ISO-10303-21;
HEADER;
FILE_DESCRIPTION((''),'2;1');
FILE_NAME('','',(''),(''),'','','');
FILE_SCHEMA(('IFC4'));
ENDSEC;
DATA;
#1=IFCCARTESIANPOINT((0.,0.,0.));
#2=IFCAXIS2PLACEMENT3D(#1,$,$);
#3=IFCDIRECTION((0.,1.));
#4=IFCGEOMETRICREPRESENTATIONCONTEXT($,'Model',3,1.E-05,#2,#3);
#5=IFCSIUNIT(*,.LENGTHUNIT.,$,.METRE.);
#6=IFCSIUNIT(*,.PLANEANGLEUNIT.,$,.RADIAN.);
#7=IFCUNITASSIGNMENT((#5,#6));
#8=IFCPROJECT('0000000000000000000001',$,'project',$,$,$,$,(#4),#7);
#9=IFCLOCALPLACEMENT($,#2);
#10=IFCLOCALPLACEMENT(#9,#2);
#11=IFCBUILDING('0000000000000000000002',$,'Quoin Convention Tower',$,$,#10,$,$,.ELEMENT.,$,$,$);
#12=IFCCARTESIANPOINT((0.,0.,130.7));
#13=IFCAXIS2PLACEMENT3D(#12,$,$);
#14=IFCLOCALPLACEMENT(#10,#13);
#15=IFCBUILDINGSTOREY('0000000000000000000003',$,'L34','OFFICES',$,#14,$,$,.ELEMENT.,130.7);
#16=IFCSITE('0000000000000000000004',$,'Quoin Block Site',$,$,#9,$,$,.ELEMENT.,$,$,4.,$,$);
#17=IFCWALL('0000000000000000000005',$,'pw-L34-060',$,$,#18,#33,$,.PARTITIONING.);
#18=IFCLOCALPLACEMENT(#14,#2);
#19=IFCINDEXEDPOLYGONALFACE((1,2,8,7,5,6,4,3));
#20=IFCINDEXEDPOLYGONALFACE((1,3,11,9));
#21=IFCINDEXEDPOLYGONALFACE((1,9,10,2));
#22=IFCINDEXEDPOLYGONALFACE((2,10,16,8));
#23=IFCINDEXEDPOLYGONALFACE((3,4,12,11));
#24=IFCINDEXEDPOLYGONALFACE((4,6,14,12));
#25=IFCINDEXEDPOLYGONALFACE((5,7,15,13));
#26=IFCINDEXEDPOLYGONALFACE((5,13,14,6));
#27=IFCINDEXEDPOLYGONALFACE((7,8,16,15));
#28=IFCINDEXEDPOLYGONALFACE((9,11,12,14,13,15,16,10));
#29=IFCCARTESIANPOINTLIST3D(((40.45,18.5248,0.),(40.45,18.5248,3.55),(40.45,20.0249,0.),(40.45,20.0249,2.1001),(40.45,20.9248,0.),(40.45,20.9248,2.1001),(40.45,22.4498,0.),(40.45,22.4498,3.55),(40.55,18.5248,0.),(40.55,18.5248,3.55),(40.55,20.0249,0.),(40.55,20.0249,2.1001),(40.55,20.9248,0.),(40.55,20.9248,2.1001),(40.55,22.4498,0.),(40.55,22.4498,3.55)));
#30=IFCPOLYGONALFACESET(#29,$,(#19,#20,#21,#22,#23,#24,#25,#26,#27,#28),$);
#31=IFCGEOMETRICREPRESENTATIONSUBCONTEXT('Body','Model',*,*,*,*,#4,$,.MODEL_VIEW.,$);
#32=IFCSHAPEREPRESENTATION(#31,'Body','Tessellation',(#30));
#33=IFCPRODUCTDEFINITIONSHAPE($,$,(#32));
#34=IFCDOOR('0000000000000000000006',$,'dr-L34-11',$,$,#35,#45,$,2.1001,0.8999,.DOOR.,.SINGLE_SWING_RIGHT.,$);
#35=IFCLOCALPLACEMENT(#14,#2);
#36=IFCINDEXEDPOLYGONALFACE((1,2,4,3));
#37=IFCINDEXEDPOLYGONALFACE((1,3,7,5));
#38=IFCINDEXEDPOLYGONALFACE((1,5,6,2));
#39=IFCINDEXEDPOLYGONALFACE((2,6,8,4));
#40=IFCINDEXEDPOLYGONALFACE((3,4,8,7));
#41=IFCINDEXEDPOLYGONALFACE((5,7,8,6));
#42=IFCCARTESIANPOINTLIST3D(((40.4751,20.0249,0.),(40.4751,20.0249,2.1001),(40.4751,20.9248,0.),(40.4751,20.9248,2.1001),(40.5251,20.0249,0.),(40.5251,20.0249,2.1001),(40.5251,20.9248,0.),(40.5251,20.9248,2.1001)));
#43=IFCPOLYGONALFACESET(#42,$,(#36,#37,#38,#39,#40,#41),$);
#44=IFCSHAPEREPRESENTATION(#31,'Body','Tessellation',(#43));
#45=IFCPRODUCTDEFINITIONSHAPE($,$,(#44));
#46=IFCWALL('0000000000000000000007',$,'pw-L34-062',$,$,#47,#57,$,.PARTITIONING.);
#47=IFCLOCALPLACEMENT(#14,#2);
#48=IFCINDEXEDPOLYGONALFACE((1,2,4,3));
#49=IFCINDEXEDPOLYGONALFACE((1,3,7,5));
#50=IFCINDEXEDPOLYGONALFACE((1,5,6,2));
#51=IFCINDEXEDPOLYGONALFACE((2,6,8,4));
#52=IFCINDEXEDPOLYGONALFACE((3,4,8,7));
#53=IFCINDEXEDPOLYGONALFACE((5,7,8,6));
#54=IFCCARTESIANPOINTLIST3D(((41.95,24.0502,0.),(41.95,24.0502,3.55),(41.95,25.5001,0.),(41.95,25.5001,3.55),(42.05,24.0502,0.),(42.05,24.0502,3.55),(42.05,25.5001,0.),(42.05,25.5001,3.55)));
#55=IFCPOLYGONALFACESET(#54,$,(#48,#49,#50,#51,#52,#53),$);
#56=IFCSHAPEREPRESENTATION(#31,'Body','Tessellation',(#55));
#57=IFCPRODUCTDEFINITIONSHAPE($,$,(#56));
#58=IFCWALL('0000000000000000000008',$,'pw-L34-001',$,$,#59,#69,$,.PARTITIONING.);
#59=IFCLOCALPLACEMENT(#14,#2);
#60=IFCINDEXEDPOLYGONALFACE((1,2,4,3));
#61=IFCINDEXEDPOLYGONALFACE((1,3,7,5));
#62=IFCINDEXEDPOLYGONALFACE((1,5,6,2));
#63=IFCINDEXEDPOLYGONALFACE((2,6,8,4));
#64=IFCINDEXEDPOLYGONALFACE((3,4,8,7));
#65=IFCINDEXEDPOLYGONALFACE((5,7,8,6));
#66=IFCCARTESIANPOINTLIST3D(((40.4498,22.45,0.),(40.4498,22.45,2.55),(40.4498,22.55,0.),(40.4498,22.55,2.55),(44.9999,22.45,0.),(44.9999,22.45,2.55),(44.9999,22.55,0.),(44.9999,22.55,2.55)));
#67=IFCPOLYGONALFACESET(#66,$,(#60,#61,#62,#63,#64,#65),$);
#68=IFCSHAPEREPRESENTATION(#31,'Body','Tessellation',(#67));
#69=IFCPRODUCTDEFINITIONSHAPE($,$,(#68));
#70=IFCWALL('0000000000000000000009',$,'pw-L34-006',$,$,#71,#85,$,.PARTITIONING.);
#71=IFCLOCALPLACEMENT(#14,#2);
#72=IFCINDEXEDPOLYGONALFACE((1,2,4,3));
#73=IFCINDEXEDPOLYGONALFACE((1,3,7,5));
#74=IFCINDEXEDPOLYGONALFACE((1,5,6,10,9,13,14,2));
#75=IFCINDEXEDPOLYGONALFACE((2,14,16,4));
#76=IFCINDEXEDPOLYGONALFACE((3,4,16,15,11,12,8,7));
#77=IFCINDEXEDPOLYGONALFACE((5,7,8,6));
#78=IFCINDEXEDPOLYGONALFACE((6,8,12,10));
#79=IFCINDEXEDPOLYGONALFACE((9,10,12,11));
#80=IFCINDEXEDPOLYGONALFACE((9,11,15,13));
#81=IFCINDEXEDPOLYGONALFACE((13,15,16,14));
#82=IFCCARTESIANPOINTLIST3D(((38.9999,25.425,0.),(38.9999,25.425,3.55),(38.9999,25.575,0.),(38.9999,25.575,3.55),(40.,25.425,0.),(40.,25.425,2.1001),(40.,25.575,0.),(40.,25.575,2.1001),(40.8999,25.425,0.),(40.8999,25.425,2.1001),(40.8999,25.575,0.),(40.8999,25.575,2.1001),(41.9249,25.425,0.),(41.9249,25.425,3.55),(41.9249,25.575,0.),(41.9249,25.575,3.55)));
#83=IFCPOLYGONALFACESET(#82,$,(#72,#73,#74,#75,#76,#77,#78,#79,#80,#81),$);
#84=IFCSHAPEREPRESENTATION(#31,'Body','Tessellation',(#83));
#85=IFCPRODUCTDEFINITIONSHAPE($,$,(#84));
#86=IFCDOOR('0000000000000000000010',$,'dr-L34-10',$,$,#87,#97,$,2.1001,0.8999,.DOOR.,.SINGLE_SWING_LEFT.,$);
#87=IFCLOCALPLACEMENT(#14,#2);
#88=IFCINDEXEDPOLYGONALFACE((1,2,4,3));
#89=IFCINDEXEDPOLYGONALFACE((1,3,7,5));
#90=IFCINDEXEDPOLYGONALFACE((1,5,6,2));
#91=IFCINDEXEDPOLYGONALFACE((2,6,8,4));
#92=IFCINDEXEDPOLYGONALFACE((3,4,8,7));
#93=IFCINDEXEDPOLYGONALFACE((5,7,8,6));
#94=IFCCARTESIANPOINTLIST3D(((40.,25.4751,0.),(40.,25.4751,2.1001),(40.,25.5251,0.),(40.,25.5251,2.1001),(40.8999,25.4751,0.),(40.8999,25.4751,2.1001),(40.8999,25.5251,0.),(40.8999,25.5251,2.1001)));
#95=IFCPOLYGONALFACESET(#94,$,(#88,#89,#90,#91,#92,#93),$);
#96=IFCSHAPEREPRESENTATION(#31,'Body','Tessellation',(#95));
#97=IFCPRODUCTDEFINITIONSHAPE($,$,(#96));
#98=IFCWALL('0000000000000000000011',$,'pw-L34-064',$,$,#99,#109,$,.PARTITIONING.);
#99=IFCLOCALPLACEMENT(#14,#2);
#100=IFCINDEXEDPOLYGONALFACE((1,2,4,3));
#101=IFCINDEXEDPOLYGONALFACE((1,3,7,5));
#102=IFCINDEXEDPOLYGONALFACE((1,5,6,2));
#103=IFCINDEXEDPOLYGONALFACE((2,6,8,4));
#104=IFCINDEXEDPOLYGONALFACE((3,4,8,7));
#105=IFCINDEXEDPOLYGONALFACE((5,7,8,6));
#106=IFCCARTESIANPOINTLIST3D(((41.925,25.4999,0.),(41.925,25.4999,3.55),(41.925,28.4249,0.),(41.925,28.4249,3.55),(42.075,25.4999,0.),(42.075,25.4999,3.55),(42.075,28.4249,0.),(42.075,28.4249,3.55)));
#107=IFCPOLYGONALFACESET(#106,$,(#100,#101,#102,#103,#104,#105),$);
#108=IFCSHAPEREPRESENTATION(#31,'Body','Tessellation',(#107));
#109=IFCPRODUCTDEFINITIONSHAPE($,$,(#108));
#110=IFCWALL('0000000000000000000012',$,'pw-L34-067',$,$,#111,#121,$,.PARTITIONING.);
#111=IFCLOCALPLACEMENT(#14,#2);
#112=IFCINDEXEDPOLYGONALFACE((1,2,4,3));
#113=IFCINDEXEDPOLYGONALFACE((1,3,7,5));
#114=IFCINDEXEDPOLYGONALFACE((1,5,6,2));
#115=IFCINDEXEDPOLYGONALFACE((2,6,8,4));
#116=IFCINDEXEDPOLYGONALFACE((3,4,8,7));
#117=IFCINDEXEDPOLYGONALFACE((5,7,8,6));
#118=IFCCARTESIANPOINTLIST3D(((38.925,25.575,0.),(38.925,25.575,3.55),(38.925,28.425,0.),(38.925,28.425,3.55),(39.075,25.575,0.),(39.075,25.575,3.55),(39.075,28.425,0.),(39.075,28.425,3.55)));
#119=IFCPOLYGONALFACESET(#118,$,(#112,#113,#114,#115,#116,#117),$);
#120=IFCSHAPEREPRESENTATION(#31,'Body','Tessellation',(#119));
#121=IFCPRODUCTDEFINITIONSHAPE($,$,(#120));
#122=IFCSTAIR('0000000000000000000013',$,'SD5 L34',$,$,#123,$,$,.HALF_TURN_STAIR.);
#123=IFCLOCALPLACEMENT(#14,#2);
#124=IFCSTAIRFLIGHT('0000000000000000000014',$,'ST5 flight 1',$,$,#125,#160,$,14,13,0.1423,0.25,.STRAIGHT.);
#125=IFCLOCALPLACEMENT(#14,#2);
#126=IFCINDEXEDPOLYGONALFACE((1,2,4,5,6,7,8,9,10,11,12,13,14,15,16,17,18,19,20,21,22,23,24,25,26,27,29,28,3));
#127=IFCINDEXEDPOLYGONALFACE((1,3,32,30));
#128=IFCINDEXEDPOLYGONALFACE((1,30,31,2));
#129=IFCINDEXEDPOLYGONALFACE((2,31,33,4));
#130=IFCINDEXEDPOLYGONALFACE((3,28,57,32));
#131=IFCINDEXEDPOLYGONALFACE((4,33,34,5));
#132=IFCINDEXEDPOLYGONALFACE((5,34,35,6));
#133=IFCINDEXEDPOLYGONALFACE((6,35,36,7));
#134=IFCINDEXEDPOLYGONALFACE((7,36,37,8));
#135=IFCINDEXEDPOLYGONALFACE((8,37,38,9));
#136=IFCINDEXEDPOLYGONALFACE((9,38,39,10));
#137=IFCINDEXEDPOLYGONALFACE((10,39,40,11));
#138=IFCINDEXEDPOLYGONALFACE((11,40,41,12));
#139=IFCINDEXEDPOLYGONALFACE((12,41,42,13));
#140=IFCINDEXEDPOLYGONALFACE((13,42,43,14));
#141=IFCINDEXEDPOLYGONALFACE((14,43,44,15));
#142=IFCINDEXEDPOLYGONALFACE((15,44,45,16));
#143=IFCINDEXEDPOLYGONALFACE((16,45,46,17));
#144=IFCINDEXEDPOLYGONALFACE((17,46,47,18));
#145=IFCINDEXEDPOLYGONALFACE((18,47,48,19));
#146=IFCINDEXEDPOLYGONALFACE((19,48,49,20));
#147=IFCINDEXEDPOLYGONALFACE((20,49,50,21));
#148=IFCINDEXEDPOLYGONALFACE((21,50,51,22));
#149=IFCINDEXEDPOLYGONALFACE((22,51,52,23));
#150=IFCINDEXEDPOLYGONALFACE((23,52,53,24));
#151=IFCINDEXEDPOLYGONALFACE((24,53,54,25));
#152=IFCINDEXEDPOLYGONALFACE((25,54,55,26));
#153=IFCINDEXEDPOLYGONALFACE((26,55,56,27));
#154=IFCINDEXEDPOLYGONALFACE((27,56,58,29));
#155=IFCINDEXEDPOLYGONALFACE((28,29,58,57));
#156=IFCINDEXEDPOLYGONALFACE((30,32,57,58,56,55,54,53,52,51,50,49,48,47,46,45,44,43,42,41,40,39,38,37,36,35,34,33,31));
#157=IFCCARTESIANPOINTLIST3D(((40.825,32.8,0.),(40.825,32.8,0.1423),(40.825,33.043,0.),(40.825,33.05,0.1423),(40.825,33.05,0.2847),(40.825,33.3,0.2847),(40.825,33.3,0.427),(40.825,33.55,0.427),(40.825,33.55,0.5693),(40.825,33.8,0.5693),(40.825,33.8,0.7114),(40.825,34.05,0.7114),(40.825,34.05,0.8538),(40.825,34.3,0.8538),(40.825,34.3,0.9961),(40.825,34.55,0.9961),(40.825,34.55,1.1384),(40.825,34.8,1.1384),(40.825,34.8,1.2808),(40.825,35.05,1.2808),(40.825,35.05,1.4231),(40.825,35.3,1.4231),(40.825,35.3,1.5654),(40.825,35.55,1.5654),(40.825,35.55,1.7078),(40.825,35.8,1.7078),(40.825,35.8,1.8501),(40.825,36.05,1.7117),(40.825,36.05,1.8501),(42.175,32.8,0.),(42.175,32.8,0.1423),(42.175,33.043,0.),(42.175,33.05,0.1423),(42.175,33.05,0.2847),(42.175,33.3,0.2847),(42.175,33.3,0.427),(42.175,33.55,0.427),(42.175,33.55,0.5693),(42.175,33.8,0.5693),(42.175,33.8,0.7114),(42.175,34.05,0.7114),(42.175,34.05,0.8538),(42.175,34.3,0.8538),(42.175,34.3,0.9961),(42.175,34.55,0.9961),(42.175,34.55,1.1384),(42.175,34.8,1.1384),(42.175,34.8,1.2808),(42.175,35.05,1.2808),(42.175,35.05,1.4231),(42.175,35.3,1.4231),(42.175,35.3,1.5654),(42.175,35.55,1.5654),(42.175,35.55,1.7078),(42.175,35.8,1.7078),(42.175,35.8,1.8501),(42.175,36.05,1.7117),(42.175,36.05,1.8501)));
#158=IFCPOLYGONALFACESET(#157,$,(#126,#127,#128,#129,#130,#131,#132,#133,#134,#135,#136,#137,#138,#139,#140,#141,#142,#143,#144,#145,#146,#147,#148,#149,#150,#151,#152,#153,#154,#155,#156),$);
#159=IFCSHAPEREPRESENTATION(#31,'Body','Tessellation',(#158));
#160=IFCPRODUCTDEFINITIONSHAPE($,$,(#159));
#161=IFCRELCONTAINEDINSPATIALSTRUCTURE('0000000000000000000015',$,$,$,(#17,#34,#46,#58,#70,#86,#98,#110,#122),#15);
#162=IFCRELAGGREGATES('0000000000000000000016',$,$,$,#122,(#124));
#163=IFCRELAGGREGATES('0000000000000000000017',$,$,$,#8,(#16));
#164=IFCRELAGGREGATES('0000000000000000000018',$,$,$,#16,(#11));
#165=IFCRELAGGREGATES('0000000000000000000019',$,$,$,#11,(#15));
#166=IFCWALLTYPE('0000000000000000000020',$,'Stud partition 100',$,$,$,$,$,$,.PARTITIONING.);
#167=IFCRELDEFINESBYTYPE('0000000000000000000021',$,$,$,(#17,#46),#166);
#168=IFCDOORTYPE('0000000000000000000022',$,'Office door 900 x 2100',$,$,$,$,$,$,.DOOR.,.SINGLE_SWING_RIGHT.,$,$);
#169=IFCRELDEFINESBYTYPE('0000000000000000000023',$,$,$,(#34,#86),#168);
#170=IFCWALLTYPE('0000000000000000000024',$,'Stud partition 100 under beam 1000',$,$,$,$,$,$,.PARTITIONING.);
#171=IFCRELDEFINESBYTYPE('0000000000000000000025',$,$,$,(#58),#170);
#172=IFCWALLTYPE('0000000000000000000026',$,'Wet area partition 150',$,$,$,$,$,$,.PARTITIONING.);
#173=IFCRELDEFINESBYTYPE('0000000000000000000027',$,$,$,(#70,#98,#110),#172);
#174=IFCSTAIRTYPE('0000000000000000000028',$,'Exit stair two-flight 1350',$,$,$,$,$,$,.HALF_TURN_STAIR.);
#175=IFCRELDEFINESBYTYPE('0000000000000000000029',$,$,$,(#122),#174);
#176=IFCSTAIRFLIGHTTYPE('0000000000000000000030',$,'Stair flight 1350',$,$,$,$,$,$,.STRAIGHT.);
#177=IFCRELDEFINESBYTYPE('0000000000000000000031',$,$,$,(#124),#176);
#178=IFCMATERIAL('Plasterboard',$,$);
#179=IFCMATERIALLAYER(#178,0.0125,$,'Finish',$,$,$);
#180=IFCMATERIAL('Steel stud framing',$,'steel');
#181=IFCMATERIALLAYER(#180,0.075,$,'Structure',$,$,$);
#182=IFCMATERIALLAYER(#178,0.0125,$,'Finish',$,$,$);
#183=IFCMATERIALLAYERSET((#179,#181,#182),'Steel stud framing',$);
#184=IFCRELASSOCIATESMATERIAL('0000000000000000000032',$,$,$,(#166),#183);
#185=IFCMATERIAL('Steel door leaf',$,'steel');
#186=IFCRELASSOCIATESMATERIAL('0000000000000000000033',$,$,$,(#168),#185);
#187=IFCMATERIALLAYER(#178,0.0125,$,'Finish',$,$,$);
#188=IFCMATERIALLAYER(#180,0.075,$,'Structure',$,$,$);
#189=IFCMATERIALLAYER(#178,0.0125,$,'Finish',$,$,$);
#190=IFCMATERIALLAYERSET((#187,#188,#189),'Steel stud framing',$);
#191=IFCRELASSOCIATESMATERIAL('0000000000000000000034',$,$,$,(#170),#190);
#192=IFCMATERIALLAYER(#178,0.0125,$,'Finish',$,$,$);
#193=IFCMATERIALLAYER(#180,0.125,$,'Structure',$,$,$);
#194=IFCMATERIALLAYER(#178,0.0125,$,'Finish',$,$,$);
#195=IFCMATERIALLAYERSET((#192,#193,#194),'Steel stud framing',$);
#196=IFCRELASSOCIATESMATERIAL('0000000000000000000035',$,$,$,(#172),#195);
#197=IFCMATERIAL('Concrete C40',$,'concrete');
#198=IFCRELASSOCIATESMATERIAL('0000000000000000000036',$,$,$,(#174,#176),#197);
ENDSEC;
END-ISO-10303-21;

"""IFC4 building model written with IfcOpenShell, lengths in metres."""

from ifc_helpers import new_model, si_unit, direction, frame, frame_2d, origin, place, context, subcontext, project, spatial, polyline, rectangle, outline, extrude, material, layer, layer_set, type_object, element, fill, aggregate, save


model = new_model("IFC4")

# Units and contexts
model_context = context("Model", 3, precision=1e-05, world=origin(), true_north=direction((0.0, 1.0)))
body_context = subcontext(model_context, "Body", "Model", "MODEL_VIEW")
ifc_project = project(units=[si_unit("LENGTHUNIT", "METRE"), si_unit("PLANEANGLEUNIT", "RADIAN")], contexts=[model_context])

# Site, building, storey
site_placement = place(None, origin())
site = spatial("IfcSite", under=ifc_project, at=site_placement, Name="Quoin Block Site", CompositionType="ELEMENT", RefElevation=4.0)
building_placement = place(site_placement, origin())
building = spatial("IfcBuilding", under=site, at=building_placement, Name="Quoin Convention Tower", CompositionType="ELEMENT")
storey_placement = place(building_placement, frame((0.0, 0.0, 130.7)))
storey = spatial("IfcBuildingStorey", under=building, at=storey_placement, Name="L34", Description="OFFICES", CompositionType="ELEMENT", Elevation=130.7)

# Shared definitions
ifc_material_1 = material(Name="Plasterboard")
ifc_material_2 = material(Name="Steel stud framing", Category="steel")

# Shared definitions
ifc_material_3 = material(Name="Steel door leaf", Category="steel")
ifc_layer_1 = layer(ifc_material_1, 0.0125, Name="Finish")
ifc_layer_2 = layer(ifc_material_2, 0.075, Name="Structure")
ifc_layer_3 = layer(ifc_material_1, 0.0125, Name="Finish")
ifc_layer_set_1 = layer_set([ifc_layer_1, ifc_layer_2, ifc_layer_3], Name="Steel stud framing")
wall_type_1 = type_object("IfcWallType", Name="Stud partition 100", PredefinedType="PARTITIONING", material=ifc_layer_set_1)
door_type_1 = type_object("IfcDoorType", Name="Office door 900 x 2100", OperationType="SINGLE_SWING_RIGHT", PredefinedType="DOOR", material=ifc_material_3)

# Wall, opening, door
wall_1_placement = place(storey_placement, frame((40.5, 18.5249, 0.0), z_axis=(0.0, 0.0, 1.0), x_axis=(0.0, 1.0, 0.0)))
wall_1 = element("IfcWall", 1, at=wall_1_placement, inside=storey, type_object=wall_type_1, Name="pw-L34-060", PredefinedType="PARTITIONING", context=body_context, shape_type="SweptSolid", body=[
    extrude(rectangle(XDim=3.925, YDim=0.1001, at=frame_2d((1.9624, 0.0))), origin(), (0.0, 0.0, 1.0), 3.55),
])
opening_1_placement = place(wall_1_placement, frame((1.5, 0.0, 0.0)))
opening_1 = element("IfcOpeningElement", 2, at=opening_1_placement, cuts=wall_1, PredefinedType="OPENING", context=body_context, shape_type="SweptSolid", body=[
    extrude(rectangle(XDim=0.8999, YDim=2.1001, at=frame_2d((0.45, 1.05))), frame((0.0, 0.0601, 0.0), z_axis=(0.0, -1.0, 0.0), x_axis=(1.0, 0.0, 0.0)), (0.0, 0.0, 1.0), 0.1201),
])
door_1_placement = place(opening_1_placement, origin())
door_1 = element("IfcDoor", 3, at=door_1_placement, inside=storey, type_object=door_type_1, Name="dr-L34-11", OperationType="SINGLE_SWING_RIGHT", OverallHeight=2.1001, OverallWidth=0.8999, PredefinedType="DOOR", context=body_context, shape_type="SweptSolid", body=[
    extrude(rectangle(XDim=0.8999, YDim=2.1001, at=frame_2d((0.45, 1.05))), frame((0.0, 0.0249, 0.0), z_axis=(0.0, -1.0, 0.0), x_axis=(1.0, 0.0, 0.0)), (0.0, 0.0, 1.0), 0.05),
])
fill(opening_1, door_1)

# Walls
wall_2_placement = place(storey_placement, frame((42.0, 24.05, 0.0), z_axis=(0.0, 0.0, 1.0), x_axis=(0.0, 1.0, 0.0)))
element("IfcWall", 4, at=wall_2_placement, inside=storey, type_object=wall_type_1, Name="pw-L34-062", PredefinedType="PARTITIONING", context=body_context, shape_type="SweptSolid", body=[
    extrude(rectangle(XDim=1.45, YDim=0.1001, at=frame_2d((0.7251, 0.0))), origin(), (0.0, 0.0, 1.0), 3.55),
])
ifc_layer_4 = layer(ifc_material_1, 0.0125, Name="Finish")
ifc_layer_5 = layer(ifc_material_2, 0.075, Name="Structure")
ifc_layer_6 = layer(ifc_material_1, 0.0125, Name="Finish")
ifc_layer_set_2 = layer_set([ifc_layer_4, ifc_layer_5, ifc_layer_6], Name="Steel stud framing")
wall_type_2 = type_object("IfcWallType", Name="Stud partition 100 under beam 1000", PredefinedType="PARTITIONING", material=ifc_layer_set_2)
wall_3_placement = place(storey_placement, frame((40.45, 22.5, 0.0), z_axis=(0.0, 0.0, 1.0), x_axis=(1.0, 0.0, 0.0)))
element("IfcWall", 5, at=wall_3_placement, inside=storey, type_object=wall_type_2, Name="pw-L34-001", PredefinedType="PARTITIONING", context=body_context, shape_type="SweptSolid", body=[
    extrude(rectangle(XDim=4.55, YDim=0.1001, at=frame_2d((2.2749, 0.0))), origin(), (0.0, 0.0, 1.0), 2.55),
])

# Wall, opening, door
ifc_layer_7 = layer(ifc_material_1, 0.0125, Name="Finish")
ifc_layer_8 = layer(ifc_material_2, 0.125, Name="Structure")
ifc_layer_9 = layer(ifc_material_1, 0.0125, Name="Finish")
ifc_layer_set_3 = layer_set([ifc_layer_7, ifc_layer_8, ifc_layer_9], Name="Steel stud framing")
wall_type_3 = type_object("IfcWallType", Name="Wet area partition 150", PredefinedType="PARTITIONING", material=ifc_layer_set_3)
wall_4_placement = place(storey_placement, frame((39.0, 25.5, 0.0), z_axis=(0.0, 0.0, 1.0), x_axis=(1.0, 0.0, 0.0)))
wall_4 = element("IfcWall", 6, at=wall_4_placement, inside=storey, type_object=wall_type_3, Name="pw-L34-006", PredefinedType="PARTITIONING", context=body_context, shape_type="SweptSolid", body=[
    extrude(rectangle(XDim=2.925, YDim=0.1499, at=frame_2d((1.4624, 0.0))), origin(), (0.0, 0.0, 1.0), 3.55),
])
opening_2_placement = place(wall_4_placement, frame((1.0, 0.0, 0.0)))
opening_2 = element("IfcOpeningElement", 7, at=opening_2_placement, cuts=wall_4, PredefinedType="OPENING", context=body_context, shape_type="SweptSolid", body=[
    extrude(rectangle(XDim=0.8999, YDim=2.1001, at=frame_2d((0.45, 1.05))), frame((0.0, 0.085, 0.0), z_axis=(0.0, -1.0, 0.0), x_axis=(1.0, 0.0, 0.0)), (0.0, 0.0, 1.0), 0.1699),
])
door_2_placement = place(opening_2_placement, frame((0.8999, 0.0, 0.0), z_axis=(0.0, 0.0, 1.0), x_axis=(-1.0, 0.0, 0.0)))
door_2 = element("IfcDoor", 8, at=door_2_placement, inside=storey, type_object=door_type_1, Name="dr-L34-10", OperationType="SINGLE_SWING_LEFT", OverallHeight=2.1001, OverallWidth=0.8999, PredefinedType="DOOR", context=body_context, shape_type="SweptSolid", body=[
    extrude(rectangle(XDim=0.8999, YDim=2.1001, at=frame_2d((0.45, 1.05))), frame((0.0, 0.0249, 0.0), z_axis=(0.0, -1.0, 0.0), x_axis=(1.0, 0.0, 0.0)), (0.0, 0.0, 1.0), 0.05),
])
fill(opening_2, door_2)

# Walls
wall_5_placement = place(storey_placement, frame((42.0, 25.5, 0.0), z_axis=(0.0, 0.0, 1.0), x_axis=(0.0, 1.0, 0.0)))
element("IfcWall", 9, at=wall_5_placement, inside=storey, type_object=wall_type_3, Name="pw-L34-064", PredefinedType="PARTITIONING", context=body_context, shape_type="SweptSolid", body=[
    extrude(rectangle(XDim=2.925, YDim=0.1499, at=frame_2d((1.4624, 0.0))), origin(), (0.0, 0.0, 1.0), 3.55),
])
wall_6_placement = place(storey_placement, frame((39.0, 25.575, 0.0), z_axis=(0.0, 0.0, 1.0), x_axis=(0.0, 1.0, 0.0)))
element("IfcWall", 10, at=wall_6_placement, inside=storey, type_object=wall_type_3, Name="pw-L34-067", PredefinedType="PARTITIONING", context=body_context, shape_type="SweptSolid", body=[
    extrude(rectangle(XDim=2.8501, YDim=0.1499, at=frame_2d((1.425, 0.0))), origin(), (0.0, 0.0, 1.0), 3.55),
])

# Stair, stair flight
ifc_material_4 = material(Name="Concrete C40", Category="concrete")
stair_type = type_object("IfcStairType", Name="Exit stair two-flight 1350", PredefinedType="HALF_TURN_STAIR", material=ifc_material_4)
stair_placement = place(storey_placement, origin())
stair = element("IfcStair", 11, at=stair_placement, inside=storey, type_object=stair_type, Name="SD5 L34", PredefinedType="HALF_TURN_STAIR")
stair_flight_type = type_object("IfcStairFlightType", Name="Stair flight 1350", PredefinedType="STRAIGHT", material=ifc_material_4)
stair_flight_1_placement = place(storey_placement, frame((41.5, 32.8, 0.0), z_axis=(0.0, 0.0, 1.0), x_axis=(0.0, 1.0, 0.0)))
stair_flight_1 = element("IfcStairFlight", 12, at=stair_flight_1_placement, type_object=stair_flight_type, Name="ST5 flight 1", NumberOfRisers=14, NumberOfTreads=13, PredefinedType="STRAIGHT", RiserHeight=0.1423, TreadLength=0.25, context=body_context, shape_type="SweptSolid", body=[
    extrude(outline(polyline([(0.0, 0.0), (0.0, 0.1423), (0.25, 0.1423), (0.25, 0.2847), (0.5, 0.2847), (0.5, 0.427), (0.75, 0.427), (0.75, 0.5693), (1.0, 0.5693), (1.0, 0.7114), (1.25, 0.7114), (1.25, 0.8538), (1.5, 0.8538), (1.5, 0.9961), (1.75, 0.9961), (1.75, 1.1384), (2.0, 1.1384), (2.0, 1.2808), (2.25, 1.2808), (2.25, 1.4231), (2.5, 1.4231), (2.5, 1.5654), (2.75, 1.5654), (2.75, 1.7078), (3.0, 1.7078), (3.0, 1.8501), (3.25, 1.8501), (3.25, 1.9922), (3.25, 1.7117), (0.2429, 0.0), (0.0, 0.0)])), frame((0.0, 0.675, 0.0), z_axis=(0.0, -1.0, 0.0), x_axis=(1.0, 0.0, 0.0)), (0.0, 0.0, 1.0), 1.3501),
])
aggregate(stair, [stair_flight_1])

save(model, "model.ifc")
